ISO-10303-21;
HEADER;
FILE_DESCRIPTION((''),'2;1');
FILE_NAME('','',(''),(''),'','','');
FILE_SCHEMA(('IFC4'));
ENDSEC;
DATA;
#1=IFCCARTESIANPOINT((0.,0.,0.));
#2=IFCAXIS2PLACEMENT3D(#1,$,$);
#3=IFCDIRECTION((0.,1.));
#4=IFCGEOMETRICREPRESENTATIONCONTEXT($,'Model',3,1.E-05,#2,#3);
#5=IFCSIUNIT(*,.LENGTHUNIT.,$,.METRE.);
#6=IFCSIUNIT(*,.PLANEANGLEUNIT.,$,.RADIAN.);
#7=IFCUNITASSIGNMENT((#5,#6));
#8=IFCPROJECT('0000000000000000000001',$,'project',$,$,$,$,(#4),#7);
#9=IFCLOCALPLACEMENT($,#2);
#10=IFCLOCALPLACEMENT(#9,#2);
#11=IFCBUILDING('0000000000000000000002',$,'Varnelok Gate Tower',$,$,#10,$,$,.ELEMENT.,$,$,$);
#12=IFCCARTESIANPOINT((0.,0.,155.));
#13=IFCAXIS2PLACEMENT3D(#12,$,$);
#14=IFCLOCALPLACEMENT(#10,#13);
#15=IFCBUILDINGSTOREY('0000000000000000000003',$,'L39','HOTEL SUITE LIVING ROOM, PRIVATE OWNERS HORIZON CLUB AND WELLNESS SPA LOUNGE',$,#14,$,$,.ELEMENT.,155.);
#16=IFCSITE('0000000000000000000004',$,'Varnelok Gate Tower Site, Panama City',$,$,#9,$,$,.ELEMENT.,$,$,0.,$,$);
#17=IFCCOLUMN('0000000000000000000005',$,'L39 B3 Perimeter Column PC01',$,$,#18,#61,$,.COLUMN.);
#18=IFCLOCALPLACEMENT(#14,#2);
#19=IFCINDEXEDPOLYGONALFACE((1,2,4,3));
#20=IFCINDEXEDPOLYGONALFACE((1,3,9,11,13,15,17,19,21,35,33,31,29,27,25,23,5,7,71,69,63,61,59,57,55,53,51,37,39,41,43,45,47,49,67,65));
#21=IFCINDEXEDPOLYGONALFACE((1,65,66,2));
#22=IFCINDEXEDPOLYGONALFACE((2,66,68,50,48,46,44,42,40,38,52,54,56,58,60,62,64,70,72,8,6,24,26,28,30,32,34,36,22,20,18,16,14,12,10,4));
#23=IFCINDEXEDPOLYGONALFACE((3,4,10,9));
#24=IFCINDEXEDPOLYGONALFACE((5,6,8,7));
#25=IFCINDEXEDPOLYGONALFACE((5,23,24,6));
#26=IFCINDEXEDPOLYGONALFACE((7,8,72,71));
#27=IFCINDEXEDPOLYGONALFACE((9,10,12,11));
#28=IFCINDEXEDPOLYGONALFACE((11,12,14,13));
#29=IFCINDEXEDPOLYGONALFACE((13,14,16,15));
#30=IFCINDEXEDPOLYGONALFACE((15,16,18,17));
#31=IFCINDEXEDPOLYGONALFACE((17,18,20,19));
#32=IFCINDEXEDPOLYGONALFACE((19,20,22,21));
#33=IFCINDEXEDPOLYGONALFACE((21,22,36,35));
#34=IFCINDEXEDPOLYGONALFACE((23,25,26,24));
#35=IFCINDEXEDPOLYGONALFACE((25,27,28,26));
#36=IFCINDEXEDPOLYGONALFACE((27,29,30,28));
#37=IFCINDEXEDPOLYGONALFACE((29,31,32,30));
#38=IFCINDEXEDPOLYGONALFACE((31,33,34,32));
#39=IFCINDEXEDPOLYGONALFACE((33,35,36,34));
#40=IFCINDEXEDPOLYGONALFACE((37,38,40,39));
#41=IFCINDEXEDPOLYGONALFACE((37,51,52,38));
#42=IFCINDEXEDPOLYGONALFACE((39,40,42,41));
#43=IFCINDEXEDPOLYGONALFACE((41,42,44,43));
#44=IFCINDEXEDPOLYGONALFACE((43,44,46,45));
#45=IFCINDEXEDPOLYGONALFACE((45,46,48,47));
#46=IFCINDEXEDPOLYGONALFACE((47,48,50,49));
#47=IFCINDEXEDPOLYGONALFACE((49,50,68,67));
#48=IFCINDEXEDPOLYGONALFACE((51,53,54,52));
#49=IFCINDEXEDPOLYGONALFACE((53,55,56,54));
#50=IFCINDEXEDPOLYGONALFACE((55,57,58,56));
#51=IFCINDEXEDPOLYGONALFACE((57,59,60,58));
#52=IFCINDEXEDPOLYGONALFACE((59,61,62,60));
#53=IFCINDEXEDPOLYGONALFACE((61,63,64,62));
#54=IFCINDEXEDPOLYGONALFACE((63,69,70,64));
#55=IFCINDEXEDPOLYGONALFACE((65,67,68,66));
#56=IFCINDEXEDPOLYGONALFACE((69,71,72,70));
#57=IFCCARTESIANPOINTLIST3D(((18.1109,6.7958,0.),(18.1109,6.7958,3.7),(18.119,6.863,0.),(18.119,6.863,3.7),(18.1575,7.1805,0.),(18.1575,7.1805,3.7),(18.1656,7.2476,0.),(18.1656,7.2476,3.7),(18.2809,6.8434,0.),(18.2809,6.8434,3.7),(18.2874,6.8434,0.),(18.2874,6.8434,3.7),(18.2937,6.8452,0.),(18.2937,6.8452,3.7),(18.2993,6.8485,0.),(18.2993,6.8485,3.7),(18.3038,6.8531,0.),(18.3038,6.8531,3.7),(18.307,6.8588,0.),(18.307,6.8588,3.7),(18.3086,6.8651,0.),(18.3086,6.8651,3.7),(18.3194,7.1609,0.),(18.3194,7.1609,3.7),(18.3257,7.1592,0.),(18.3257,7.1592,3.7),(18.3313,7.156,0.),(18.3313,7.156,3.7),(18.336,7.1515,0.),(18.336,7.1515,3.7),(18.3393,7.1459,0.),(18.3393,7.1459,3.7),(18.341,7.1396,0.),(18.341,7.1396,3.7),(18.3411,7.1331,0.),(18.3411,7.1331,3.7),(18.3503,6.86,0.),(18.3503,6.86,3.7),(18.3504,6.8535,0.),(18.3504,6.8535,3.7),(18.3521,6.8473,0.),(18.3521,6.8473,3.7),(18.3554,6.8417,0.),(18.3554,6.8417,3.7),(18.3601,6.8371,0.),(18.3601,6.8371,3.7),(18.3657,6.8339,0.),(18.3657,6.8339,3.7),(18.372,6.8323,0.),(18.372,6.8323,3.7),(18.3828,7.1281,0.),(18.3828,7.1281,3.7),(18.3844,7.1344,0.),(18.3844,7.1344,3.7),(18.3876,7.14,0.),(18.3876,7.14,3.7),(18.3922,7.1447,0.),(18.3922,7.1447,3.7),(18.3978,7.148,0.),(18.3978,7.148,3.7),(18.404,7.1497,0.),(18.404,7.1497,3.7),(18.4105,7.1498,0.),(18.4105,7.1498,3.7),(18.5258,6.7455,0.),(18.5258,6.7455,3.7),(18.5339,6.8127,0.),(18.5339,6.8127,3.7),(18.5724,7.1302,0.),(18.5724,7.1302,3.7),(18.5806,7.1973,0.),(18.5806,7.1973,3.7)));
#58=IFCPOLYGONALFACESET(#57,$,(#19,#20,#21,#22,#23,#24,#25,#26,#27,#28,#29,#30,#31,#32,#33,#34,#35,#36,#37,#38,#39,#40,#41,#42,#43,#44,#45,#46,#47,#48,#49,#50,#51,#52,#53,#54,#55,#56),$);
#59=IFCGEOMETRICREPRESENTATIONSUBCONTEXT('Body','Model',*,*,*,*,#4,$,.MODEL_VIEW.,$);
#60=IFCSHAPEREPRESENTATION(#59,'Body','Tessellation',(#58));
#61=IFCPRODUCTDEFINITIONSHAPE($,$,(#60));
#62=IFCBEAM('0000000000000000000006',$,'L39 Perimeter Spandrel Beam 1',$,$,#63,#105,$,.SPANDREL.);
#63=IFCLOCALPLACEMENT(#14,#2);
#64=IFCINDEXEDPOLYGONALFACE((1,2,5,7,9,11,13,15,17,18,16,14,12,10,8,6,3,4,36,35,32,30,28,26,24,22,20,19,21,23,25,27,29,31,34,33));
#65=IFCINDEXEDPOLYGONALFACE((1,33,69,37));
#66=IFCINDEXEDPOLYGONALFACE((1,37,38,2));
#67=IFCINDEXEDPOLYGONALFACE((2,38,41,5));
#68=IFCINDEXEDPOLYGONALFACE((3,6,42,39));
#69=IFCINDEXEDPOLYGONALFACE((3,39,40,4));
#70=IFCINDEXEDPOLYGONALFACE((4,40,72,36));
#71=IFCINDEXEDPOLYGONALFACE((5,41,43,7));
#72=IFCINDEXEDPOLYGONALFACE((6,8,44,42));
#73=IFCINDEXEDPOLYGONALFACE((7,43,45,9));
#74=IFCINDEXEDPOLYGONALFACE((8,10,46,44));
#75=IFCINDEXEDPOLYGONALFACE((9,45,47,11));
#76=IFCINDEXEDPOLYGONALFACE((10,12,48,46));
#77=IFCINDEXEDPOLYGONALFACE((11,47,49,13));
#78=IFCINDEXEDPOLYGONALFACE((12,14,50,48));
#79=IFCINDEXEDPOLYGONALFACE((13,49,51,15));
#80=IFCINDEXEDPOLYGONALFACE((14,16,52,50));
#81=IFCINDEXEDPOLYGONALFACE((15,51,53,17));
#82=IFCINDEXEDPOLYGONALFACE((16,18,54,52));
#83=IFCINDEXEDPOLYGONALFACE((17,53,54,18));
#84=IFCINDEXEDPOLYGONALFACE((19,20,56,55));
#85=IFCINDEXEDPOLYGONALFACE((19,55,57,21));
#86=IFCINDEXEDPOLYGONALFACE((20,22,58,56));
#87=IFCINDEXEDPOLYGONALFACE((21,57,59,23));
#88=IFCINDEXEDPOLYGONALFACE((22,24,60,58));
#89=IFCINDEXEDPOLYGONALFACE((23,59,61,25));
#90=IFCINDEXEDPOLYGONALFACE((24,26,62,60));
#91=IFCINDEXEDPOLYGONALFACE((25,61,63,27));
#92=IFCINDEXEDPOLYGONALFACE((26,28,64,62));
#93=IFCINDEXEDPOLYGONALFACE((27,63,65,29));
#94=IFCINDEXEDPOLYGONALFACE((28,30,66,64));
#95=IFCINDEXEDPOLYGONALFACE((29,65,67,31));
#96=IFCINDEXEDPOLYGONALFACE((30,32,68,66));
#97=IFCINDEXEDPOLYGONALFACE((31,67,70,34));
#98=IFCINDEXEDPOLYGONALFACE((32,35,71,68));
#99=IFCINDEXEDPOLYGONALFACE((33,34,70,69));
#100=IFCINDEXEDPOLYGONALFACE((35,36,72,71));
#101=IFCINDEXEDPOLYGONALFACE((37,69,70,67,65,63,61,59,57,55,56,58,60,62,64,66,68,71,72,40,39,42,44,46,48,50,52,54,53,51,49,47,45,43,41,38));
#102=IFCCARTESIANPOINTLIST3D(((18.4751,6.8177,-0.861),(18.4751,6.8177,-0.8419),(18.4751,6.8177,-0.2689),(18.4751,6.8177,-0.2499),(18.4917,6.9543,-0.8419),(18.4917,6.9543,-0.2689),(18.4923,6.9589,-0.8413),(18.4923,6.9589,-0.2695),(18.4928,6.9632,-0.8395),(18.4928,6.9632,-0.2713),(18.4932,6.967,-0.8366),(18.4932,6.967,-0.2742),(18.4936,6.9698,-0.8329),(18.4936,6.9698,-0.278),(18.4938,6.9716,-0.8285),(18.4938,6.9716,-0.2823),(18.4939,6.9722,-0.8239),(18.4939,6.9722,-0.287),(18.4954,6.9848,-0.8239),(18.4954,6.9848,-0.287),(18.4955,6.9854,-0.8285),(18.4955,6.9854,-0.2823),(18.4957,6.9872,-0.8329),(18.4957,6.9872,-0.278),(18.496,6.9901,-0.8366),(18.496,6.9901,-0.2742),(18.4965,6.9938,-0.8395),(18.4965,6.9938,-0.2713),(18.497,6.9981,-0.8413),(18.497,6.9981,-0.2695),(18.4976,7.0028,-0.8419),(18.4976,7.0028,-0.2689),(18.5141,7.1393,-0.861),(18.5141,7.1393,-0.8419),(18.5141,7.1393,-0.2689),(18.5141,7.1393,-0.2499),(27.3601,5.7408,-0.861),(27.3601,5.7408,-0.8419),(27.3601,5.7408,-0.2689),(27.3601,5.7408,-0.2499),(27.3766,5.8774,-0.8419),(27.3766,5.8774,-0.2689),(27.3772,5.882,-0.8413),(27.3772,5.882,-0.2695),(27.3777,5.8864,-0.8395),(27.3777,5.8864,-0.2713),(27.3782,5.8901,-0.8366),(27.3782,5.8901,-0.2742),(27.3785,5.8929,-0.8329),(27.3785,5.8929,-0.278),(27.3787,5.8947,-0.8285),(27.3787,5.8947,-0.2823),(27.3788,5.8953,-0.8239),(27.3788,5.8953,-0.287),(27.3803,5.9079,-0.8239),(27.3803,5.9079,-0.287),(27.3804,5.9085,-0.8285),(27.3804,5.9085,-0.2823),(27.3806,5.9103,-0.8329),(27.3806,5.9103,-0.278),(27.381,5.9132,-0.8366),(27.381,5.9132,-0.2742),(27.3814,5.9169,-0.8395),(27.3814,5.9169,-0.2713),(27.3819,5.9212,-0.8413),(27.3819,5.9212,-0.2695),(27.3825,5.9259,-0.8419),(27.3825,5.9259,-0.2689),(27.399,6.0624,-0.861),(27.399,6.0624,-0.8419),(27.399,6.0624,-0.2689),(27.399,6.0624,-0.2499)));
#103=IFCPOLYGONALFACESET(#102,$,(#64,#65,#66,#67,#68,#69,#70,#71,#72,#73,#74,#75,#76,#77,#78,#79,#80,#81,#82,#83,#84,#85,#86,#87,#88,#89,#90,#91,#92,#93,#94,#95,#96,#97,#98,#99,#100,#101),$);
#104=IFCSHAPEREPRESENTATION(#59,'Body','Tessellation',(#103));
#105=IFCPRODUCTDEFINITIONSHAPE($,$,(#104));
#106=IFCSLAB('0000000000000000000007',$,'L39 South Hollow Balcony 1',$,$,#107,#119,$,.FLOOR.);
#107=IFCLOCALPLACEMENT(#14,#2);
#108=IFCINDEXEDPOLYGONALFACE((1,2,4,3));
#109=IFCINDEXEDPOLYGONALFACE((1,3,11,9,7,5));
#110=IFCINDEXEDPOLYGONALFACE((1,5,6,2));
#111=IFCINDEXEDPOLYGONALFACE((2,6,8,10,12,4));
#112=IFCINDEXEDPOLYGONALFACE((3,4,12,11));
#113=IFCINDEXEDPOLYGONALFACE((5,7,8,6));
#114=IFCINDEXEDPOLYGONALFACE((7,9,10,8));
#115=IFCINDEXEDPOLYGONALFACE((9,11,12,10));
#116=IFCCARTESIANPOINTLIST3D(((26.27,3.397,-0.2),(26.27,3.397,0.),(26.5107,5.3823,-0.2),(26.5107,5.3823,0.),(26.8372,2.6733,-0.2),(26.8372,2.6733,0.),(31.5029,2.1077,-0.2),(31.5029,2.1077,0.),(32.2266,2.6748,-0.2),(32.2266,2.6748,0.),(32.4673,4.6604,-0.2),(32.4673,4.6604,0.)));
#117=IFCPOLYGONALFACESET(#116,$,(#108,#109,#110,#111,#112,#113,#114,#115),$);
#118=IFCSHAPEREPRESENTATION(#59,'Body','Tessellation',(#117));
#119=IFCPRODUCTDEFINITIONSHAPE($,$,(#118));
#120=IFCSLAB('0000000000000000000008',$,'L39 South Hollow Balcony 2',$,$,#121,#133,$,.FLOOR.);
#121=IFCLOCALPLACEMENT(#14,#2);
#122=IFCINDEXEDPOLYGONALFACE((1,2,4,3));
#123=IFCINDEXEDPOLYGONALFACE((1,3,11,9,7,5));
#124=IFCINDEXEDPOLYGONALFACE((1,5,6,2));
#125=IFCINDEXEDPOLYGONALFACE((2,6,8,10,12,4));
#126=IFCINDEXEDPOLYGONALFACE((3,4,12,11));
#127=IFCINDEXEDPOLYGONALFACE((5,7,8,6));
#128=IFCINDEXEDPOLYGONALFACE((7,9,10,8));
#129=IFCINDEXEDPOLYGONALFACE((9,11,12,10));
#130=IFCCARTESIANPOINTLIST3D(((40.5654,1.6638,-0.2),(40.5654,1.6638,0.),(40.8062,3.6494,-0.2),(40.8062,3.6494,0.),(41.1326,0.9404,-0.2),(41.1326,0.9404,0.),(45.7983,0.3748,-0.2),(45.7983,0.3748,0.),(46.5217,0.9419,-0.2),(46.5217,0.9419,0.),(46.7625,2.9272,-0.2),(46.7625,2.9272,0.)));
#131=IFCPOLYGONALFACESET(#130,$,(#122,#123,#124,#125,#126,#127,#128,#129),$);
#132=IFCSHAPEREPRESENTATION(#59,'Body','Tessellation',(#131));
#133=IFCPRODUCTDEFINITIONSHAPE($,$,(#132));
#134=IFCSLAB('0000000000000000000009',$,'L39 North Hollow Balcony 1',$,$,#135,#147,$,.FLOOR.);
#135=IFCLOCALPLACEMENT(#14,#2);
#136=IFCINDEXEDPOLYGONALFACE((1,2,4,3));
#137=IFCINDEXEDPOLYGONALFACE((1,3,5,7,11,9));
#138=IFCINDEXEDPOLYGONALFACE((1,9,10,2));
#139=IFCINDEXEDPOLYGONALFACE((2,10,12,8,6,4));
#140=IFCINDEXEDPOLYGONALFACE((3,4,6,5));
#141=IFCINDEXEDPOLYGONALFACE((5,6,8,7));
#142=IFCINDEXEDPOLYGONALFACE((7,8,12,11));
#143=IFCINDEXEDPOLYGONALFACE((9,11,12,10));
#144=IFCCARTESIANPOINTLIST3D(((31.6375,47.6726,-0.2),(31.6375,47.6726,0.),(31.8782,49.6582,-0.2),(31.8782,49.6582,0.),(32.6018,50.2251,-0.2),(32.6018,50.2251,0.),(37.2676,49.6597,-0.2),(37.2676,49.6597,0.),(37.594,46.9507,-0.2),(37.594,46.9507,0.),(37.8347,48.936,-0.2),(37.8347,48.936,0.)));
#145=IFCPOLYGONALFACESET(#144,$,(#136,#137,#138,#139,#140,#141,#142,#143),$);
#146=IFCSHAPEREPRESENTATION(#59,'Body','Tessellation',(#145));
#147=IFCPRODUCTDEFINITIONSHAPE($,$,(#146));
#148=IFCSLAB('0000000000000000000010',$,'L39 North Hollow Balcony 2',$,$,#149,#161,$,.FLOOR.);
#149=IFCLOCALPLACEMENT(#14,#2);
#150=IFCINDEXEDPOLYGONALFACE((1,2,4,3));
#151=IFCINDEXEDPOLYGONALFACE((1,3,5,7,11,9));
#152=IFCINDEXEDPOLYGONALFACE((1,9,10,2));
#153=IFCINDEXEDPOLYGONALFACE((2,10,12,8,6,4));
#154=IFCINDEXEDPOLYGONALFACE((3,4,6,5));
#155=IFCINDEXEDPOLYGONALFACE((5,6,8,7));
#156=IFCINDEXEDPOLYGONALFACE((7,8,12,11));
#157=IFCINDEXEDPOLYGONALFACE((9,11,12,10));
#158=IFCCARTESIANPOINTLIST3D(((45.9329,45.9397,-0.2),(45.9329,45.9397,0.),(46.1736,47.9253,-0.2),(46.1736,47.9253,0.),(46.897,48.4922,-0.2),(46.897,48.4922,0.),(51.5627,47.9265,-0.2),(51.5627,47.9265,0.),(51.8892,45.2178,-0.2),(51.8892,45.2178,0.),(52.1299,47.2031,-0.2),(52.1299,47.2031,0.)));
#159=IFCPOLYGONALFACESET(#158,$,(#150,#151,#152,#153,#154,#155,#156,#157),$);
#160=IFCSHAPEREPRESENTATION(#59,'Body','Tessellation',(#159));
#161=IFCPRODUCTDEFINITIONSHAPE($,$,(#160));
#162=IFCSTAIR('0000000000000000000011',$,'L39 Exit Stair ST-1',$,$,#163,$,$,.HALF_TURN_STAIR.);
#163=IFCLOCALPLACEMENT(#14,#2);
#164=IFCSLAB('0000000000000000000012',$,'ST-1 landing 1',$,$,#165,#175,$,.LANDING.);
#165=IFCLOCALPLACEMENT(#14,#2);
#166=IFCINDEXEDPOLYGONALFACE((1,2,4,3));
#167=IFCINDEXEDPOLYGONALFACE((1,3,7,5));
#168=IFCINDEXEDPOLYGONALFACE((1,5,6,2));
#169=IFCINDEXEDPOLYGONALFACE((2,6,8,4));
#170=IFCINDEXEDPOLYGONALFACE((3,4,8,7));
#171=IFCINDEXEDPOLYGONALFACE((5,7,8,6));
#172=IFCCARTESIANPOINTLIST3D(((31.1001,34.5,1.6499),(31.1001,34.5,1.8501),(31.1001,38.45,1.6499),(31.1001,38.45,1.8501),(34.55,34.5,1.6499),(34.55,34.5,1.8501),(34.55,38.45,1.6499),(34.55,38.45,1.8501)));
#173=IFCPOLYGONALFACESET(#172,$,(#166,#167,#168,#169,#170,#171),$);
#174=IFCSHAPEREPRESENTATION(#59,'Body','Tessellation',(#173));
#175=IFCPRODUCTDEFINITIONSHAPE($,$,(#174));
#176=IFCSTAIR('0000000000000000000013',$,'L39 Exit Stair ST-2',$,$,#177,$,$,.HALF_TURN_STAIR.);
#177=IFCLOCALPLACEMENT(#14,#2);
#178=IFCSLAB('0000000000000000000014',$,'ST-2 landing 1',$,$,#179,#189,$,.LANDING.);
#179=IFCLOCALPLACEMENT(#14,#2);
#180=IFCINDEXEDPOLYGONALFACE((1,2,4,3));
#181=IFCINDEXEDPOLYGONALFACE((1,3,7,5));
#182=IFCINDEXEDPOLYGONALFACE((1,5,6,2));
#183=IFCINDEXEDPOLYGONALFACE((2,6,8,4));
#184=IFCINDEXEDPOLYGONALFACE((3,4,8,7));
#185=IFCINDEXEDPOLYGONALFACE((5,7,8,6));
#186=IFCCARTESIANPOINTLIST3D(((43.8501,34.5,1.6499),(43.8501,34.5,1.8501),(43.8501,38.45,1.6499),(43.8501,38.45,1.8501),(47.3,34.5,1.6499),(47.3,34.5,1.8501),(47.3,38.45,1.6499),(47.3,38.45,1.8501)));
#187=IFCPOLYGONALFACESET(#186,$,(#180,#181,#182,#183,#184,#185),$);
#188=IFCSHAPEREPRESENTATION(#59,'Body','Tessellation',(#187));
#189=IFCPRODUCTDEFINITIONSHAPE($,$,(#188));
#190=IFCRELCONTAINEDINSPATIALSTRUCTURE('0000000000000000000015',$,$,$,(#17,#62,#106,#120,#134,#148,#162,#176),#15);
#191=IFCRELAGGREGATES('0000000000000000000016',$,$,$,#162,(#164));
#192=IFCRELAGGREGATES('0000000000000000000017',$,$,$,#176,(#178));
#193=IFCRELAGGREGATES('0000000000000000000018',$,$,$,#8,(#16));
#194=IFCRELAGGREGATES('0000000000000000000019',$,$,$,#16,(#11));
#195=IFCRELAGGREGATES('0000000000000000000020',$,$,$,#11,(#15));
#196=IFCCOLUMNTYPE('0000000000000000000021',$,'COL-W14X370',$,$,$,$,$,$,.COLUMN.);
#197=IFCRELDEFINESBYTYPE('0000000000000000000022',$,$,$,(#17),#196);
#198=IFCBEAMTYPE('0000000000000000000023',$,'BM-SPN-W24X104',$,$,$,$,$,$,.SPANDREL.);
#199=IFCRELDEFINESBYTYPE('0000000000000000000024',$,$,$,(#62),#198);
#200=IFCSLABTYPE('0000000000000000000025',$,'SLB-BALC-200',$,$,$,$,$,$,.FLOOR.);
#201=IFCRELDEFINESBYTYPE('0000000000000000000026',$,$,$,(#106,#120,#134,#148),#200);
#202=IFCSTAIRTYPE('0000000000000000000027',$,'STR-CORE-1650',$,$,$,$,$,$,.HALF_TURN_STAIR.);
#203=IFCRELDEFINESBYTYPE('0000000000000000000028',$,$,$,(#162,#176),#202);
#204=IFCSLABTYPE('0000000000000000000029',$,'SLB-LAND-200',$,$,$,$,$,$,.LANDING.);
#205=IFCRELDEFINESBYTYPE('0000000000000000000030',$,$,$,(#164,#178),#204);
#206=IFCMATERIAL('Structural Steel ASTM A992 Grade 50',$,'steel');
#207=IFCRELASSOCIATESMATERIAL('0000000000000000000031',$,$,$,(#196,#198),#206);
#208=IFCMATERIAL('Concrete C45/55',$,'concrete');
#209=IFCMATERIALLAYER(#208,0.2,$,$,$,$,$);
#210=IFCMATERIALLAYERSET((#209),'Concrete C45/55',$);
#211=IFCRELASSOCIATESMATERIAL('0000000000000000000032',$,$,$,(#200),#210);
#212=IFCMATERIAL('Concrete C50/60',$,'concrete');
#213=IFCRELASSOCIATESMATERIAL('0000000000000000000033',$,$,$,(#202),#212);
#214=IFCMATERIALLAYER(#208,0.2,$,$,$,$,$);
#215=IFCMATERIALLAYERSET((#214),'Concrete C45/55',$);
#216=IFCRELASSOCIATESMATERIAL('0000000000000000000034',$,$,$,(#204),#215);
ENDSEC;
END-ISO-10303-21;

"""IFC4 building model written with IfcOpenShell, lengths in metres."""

from ifc_helpers import new_model, si_unit, direction, frame, origin, origin_2d, place, context, subcontext, project, spatial, polyline, i_section, outline, extrude, material, layer, layer_set, material_profile, profile_set, type_object, element, aggregate, save


model = new_model("IFC4")

# Units and contexts
model_context = context("Model", 3, precision=1e-05, world=origin(), true_north=direction((0.0, 1.0)))
body_context = subcontext(model_context, "Body", "Model", "MODEL_VIEW")
ifc_project = project(units=[si_unit("LENGTHUNIT", "METRE"), si_unit("PLANEANGLEUNIT", "RADIAN")], contexts=[model_context])

# Site, building, storey
site_placement = place(None, origin())
site = spatial("IfcSite", under=ifc_project, at=site_placement, Name="Varnelok Gate Tower Site, Panama City", CompositionType="ELEMENT", RefElevation=0.0)
building_placement = place(site_placement, origin())
building = spatial("IfcBuilding", under=site, at=building_placement, Name="Varnelok Gate Tower", CompositionType="ELEMENT")
storey_placement = place(building_placement, frame((0.0, 0.0, 155.0)))
storey = spatial("IfcBuildingStorey", under=building, at=storey_placement, Name="L39", Description="HOTEL SUITE LIVING ROOM, PRIVATE OWNERS HORIZON CLUB AND WELLNESS SPA LOUNGE", CompositionType="ELEMENT", Elevation=155.0)

# Column
ifc_material_1 = material(Name="Structural Steel ASTM A992 Grade 50", Category="steel")
ifc_material_profile_1 = material_profile(ifc_material_1, i_section(OverallWidth=0.418, OverallDepth=0.4551, WebThickness=0.042, FlangeThickness=0.0676, FilletRadius=0.0249, at=origin_2d()), Name="W14X370")
ifc_profile_set_1 = profile_set([ifc_material_profile_1], Name="Structural Steel ASTM A992 Grade 50")
column_type = type_object("IfcColumnType", Name="COL-W14X370", PredefinedType="COLUMN", material=ifc_profile_set_1)
column_placement = place(storey_placement, frame((18.3457, 6.9966, 0.0), z_axis=(0.0, 0.0, 1.0), x_axis=(0.992732, -0.120345, 0.0)))
element("IfcColumn", 1, at=column_placement, inside=storey, type_object=column_type, Name="L39 B3 Perimeter Column PC01", PredefinedType="COLUMN", context=body_context, shape_type="SweptSolid", body=[
    extrude(i_section(OverallWidth=0.418, OverallDepth=0.4551, WebThickness=0.042, FlangeThickness=0.0676, FilletRadius=0.0249, at=origin_2d()), origin(), (0.0, 0.0, 1.0), 3.7),
])

# Beam
ifc_material_profile_2 = material_profile(ifc_material_1, i_section(OverallWidth=0.324, OverallDepth=0.6111, WebThickness=0.0127, FlangeThickness=0.019, FilletRadius=0.0181, at=origin_2d()), Name="W24X104")
ifc_profile_set_2 = profile_set([ifc_material_profile_2], Name="Structural Steel ASTM A992 Grade 50")
beam_type = type_object("IfcBeamType", Name="BM-SPN-W24X104", PredefinedType="SPANDREL", material=ifc_profile_set_2)
beam_placement = place(storey_placement, frame((18.4946, 6.9785, -0.5554), z_axis=(0.992735, -0.120324, 0.0), x_axis=(0.120324, 0.992735, 0.0)))
element("IfcBeam", 2, at=beam_placement, inside=storey, type_object=beam_type, Name="L39 Perimeter Spandrel Beam 1", PredefinedType="SPANDREL", context=body_context, shape_type="SweptSolid", body=[
    extrude(i_section(OverallWidth=0.324, OverallDepth=0.6111, WebThickness=0.0127, FlangeThickness=0.019, FilletRadius=0.0181, at=origin_2d()), origin(), (0.0, 0.0, 1.0), 8.95),
])

# Slabs
ifc_material_2 = material(Name="Concrete C45/55", Category="concrete")
ifc_layer_1 = layer(ifc_material_2, 0.2)
ifc_layer_set_1 = layer_set([ifc_layer_1], Name="Concrete C45/55")
slab_type_1 = type_object("IfcSlabType", Name="SLB-BALC-200", PredefinedType="FLOOR", material=ifc_layer_set_1)
slab_1_placement = place(storey_placement, frame((0.0, 0.0, -0.2)))
element("IfcSlab", 3, at=slab_1_placement, inside=storey, type_object=slab_type_1, Name="L39 South Hollow Balcony 1", PredefinedType="FLOOR", context=body_context, shape_type="SweptSolid", body=[
    extrude(outline(polyline([(26.27, 3.397), (26.8372, 2.6733), (31.5029, 2.1077), (32.2266, 2.6748), (32.4673, 4.6604), (26.5107, 5.3823), (26.27, 3.397)])), origin(), (0.0, 0.0, 1.0), 0.2),
])
slab_2_placement = place(storey_placement, frame((0.0, 0.0, -0.2)))
element("IfcSlab", 4, at=slab_2_placement, inside=storey, type_object=slab_type_1, Name="L39 South Hollow Balcony 2", PredefinedType="FLOOR", context=body_context, shape_type="SweptSolid", body=[
    extrude(outline(polyline([(40.5654, 1.6638), (41.1326, 0.9404), (45.7983, 0.3748), (46.5217, 0.9419), (46.7625, 2.9272), (40.8062, 3.6494), (40.5654, 1.6638)])), origin(), (0.0, 0.0, 1.0), 0.2),
])
slab_3_placement = place(storey_placement, frame((0.0, 0.0, -0.2)))
element("IfcSlab", 5, at=slab_3_placement, inside=storey, type_object=slab_type_1, Name="L39 North Hollow Balcony 1", PredefinedType="FLOOR", context=body_context, shape_type="SweptSolid", body=[
    extrude(outline(polyline([(31.6375, 47.6726), (37.594, 46.9507), (37.8347, 48.936), (37.2676, 49.6597), (32.6018, 50.2251), (31.8782, 49.6582), (31.6375, 47.6726)])), origin(), (0.0, 0.0, 1.0), 0.2),
])
slab_4_placement = place(storey_placement, frame((0.0, 0.0, -0.2)))
element("IfcSlab", 6, at=slab_4_placement, inside=storey, type_object=slab_type_1, Name="L39 North Hollow Balcony 2", PredefinedType="FLOOR", context=body_context, shape_type="SweptSolid", body=[
    extrude(outline(polyline([(45.9329, 45.9397), (51.8892, 45.2178), (52.1299, 47.2031), (51.5627, 47.9265), (46.897, 48.4922), (46.1736, 47.9253), (45.9329, 45.9397)])), origin(), (0.0, 0.0, 1.0), 0.2),
])

# Stairs, slabs
ifc_material_3 = material(Name="Concrete C50/60", Category="concrete")
stair_type = type_object("IfcStairType", Name="STR-CORE-1650", PredefinedType="HALF_TURN_STAIR", material=ifc_material_3)
stair_1_placement = place(storey_placement, origin())
stair_1 = element("IfcStair", 7, at=stair_1_placement, inside=storey, type_object=stair_type, Name="L39 Exit Stair ST-1", PredefinedType="HALF_TURN_STAIR")
ifc_layer_2 = layer(ifc_material_2, 0.2)
ifc_layer_set_2 = layer_set([ifc_layer_2], Name="Concrete C45/55")
slab_type_2 = type_object("IfcSlabType", Name="SLB-LAND-200", PredefinedType="LANDING", material=ifc_layer_set_2)
slab_5_placement = place(storey_placement, frame((0.0, 0.0, 1.6499)))
slab_5 = element("IfcSlab", 8, at=slab_5_placement, type_object=slab_type_2, Name="ST-1 landing 1", PredefinedType="LANDING", context=body_context, shape_type="SweptSolid", body=[
    extrude(outline(polyline([(34.55, 34.5), (34.55, 38.45), (31.1001, 38.45), (31.1001, 34.5), (34.55, 34.5)])), origin(), (0.0, 0.0, 1.0), 0.2002),
])
aggregate(stair_1, [slab_5])
stair_2_placement = place(storey_placement, origin())
stair_2 = element("IfcStair", 9, at=stair_2_placement, inside=storey, type_object=stair_type, Name="L39 Exit Stair ST-2", PredefinedType="HALF_TURN_STAIR")
slab_6_placement = place(storey_placement, frame((0.0, 0.0, 1.6499)))
slab_6 = element("IfcSlab", 10, at=slab_6_placement, type_object=slab_type_2, Name="ST-2 landing 1", PredefinedType="LANDING", context=body_context, shape_type="SweptSolid", body=[
    extrude(outline(polyline([(47.3, 34.5), (47.3, 38.45), (43.8501, 38.45), (43.8501, 34.5), (47.3, 34.5)])), origin(), (0.0, 0.0, 1.0), 0.2002),
])
aggregate(stair_2, [slab_6])

save(model, "model.ifc")
